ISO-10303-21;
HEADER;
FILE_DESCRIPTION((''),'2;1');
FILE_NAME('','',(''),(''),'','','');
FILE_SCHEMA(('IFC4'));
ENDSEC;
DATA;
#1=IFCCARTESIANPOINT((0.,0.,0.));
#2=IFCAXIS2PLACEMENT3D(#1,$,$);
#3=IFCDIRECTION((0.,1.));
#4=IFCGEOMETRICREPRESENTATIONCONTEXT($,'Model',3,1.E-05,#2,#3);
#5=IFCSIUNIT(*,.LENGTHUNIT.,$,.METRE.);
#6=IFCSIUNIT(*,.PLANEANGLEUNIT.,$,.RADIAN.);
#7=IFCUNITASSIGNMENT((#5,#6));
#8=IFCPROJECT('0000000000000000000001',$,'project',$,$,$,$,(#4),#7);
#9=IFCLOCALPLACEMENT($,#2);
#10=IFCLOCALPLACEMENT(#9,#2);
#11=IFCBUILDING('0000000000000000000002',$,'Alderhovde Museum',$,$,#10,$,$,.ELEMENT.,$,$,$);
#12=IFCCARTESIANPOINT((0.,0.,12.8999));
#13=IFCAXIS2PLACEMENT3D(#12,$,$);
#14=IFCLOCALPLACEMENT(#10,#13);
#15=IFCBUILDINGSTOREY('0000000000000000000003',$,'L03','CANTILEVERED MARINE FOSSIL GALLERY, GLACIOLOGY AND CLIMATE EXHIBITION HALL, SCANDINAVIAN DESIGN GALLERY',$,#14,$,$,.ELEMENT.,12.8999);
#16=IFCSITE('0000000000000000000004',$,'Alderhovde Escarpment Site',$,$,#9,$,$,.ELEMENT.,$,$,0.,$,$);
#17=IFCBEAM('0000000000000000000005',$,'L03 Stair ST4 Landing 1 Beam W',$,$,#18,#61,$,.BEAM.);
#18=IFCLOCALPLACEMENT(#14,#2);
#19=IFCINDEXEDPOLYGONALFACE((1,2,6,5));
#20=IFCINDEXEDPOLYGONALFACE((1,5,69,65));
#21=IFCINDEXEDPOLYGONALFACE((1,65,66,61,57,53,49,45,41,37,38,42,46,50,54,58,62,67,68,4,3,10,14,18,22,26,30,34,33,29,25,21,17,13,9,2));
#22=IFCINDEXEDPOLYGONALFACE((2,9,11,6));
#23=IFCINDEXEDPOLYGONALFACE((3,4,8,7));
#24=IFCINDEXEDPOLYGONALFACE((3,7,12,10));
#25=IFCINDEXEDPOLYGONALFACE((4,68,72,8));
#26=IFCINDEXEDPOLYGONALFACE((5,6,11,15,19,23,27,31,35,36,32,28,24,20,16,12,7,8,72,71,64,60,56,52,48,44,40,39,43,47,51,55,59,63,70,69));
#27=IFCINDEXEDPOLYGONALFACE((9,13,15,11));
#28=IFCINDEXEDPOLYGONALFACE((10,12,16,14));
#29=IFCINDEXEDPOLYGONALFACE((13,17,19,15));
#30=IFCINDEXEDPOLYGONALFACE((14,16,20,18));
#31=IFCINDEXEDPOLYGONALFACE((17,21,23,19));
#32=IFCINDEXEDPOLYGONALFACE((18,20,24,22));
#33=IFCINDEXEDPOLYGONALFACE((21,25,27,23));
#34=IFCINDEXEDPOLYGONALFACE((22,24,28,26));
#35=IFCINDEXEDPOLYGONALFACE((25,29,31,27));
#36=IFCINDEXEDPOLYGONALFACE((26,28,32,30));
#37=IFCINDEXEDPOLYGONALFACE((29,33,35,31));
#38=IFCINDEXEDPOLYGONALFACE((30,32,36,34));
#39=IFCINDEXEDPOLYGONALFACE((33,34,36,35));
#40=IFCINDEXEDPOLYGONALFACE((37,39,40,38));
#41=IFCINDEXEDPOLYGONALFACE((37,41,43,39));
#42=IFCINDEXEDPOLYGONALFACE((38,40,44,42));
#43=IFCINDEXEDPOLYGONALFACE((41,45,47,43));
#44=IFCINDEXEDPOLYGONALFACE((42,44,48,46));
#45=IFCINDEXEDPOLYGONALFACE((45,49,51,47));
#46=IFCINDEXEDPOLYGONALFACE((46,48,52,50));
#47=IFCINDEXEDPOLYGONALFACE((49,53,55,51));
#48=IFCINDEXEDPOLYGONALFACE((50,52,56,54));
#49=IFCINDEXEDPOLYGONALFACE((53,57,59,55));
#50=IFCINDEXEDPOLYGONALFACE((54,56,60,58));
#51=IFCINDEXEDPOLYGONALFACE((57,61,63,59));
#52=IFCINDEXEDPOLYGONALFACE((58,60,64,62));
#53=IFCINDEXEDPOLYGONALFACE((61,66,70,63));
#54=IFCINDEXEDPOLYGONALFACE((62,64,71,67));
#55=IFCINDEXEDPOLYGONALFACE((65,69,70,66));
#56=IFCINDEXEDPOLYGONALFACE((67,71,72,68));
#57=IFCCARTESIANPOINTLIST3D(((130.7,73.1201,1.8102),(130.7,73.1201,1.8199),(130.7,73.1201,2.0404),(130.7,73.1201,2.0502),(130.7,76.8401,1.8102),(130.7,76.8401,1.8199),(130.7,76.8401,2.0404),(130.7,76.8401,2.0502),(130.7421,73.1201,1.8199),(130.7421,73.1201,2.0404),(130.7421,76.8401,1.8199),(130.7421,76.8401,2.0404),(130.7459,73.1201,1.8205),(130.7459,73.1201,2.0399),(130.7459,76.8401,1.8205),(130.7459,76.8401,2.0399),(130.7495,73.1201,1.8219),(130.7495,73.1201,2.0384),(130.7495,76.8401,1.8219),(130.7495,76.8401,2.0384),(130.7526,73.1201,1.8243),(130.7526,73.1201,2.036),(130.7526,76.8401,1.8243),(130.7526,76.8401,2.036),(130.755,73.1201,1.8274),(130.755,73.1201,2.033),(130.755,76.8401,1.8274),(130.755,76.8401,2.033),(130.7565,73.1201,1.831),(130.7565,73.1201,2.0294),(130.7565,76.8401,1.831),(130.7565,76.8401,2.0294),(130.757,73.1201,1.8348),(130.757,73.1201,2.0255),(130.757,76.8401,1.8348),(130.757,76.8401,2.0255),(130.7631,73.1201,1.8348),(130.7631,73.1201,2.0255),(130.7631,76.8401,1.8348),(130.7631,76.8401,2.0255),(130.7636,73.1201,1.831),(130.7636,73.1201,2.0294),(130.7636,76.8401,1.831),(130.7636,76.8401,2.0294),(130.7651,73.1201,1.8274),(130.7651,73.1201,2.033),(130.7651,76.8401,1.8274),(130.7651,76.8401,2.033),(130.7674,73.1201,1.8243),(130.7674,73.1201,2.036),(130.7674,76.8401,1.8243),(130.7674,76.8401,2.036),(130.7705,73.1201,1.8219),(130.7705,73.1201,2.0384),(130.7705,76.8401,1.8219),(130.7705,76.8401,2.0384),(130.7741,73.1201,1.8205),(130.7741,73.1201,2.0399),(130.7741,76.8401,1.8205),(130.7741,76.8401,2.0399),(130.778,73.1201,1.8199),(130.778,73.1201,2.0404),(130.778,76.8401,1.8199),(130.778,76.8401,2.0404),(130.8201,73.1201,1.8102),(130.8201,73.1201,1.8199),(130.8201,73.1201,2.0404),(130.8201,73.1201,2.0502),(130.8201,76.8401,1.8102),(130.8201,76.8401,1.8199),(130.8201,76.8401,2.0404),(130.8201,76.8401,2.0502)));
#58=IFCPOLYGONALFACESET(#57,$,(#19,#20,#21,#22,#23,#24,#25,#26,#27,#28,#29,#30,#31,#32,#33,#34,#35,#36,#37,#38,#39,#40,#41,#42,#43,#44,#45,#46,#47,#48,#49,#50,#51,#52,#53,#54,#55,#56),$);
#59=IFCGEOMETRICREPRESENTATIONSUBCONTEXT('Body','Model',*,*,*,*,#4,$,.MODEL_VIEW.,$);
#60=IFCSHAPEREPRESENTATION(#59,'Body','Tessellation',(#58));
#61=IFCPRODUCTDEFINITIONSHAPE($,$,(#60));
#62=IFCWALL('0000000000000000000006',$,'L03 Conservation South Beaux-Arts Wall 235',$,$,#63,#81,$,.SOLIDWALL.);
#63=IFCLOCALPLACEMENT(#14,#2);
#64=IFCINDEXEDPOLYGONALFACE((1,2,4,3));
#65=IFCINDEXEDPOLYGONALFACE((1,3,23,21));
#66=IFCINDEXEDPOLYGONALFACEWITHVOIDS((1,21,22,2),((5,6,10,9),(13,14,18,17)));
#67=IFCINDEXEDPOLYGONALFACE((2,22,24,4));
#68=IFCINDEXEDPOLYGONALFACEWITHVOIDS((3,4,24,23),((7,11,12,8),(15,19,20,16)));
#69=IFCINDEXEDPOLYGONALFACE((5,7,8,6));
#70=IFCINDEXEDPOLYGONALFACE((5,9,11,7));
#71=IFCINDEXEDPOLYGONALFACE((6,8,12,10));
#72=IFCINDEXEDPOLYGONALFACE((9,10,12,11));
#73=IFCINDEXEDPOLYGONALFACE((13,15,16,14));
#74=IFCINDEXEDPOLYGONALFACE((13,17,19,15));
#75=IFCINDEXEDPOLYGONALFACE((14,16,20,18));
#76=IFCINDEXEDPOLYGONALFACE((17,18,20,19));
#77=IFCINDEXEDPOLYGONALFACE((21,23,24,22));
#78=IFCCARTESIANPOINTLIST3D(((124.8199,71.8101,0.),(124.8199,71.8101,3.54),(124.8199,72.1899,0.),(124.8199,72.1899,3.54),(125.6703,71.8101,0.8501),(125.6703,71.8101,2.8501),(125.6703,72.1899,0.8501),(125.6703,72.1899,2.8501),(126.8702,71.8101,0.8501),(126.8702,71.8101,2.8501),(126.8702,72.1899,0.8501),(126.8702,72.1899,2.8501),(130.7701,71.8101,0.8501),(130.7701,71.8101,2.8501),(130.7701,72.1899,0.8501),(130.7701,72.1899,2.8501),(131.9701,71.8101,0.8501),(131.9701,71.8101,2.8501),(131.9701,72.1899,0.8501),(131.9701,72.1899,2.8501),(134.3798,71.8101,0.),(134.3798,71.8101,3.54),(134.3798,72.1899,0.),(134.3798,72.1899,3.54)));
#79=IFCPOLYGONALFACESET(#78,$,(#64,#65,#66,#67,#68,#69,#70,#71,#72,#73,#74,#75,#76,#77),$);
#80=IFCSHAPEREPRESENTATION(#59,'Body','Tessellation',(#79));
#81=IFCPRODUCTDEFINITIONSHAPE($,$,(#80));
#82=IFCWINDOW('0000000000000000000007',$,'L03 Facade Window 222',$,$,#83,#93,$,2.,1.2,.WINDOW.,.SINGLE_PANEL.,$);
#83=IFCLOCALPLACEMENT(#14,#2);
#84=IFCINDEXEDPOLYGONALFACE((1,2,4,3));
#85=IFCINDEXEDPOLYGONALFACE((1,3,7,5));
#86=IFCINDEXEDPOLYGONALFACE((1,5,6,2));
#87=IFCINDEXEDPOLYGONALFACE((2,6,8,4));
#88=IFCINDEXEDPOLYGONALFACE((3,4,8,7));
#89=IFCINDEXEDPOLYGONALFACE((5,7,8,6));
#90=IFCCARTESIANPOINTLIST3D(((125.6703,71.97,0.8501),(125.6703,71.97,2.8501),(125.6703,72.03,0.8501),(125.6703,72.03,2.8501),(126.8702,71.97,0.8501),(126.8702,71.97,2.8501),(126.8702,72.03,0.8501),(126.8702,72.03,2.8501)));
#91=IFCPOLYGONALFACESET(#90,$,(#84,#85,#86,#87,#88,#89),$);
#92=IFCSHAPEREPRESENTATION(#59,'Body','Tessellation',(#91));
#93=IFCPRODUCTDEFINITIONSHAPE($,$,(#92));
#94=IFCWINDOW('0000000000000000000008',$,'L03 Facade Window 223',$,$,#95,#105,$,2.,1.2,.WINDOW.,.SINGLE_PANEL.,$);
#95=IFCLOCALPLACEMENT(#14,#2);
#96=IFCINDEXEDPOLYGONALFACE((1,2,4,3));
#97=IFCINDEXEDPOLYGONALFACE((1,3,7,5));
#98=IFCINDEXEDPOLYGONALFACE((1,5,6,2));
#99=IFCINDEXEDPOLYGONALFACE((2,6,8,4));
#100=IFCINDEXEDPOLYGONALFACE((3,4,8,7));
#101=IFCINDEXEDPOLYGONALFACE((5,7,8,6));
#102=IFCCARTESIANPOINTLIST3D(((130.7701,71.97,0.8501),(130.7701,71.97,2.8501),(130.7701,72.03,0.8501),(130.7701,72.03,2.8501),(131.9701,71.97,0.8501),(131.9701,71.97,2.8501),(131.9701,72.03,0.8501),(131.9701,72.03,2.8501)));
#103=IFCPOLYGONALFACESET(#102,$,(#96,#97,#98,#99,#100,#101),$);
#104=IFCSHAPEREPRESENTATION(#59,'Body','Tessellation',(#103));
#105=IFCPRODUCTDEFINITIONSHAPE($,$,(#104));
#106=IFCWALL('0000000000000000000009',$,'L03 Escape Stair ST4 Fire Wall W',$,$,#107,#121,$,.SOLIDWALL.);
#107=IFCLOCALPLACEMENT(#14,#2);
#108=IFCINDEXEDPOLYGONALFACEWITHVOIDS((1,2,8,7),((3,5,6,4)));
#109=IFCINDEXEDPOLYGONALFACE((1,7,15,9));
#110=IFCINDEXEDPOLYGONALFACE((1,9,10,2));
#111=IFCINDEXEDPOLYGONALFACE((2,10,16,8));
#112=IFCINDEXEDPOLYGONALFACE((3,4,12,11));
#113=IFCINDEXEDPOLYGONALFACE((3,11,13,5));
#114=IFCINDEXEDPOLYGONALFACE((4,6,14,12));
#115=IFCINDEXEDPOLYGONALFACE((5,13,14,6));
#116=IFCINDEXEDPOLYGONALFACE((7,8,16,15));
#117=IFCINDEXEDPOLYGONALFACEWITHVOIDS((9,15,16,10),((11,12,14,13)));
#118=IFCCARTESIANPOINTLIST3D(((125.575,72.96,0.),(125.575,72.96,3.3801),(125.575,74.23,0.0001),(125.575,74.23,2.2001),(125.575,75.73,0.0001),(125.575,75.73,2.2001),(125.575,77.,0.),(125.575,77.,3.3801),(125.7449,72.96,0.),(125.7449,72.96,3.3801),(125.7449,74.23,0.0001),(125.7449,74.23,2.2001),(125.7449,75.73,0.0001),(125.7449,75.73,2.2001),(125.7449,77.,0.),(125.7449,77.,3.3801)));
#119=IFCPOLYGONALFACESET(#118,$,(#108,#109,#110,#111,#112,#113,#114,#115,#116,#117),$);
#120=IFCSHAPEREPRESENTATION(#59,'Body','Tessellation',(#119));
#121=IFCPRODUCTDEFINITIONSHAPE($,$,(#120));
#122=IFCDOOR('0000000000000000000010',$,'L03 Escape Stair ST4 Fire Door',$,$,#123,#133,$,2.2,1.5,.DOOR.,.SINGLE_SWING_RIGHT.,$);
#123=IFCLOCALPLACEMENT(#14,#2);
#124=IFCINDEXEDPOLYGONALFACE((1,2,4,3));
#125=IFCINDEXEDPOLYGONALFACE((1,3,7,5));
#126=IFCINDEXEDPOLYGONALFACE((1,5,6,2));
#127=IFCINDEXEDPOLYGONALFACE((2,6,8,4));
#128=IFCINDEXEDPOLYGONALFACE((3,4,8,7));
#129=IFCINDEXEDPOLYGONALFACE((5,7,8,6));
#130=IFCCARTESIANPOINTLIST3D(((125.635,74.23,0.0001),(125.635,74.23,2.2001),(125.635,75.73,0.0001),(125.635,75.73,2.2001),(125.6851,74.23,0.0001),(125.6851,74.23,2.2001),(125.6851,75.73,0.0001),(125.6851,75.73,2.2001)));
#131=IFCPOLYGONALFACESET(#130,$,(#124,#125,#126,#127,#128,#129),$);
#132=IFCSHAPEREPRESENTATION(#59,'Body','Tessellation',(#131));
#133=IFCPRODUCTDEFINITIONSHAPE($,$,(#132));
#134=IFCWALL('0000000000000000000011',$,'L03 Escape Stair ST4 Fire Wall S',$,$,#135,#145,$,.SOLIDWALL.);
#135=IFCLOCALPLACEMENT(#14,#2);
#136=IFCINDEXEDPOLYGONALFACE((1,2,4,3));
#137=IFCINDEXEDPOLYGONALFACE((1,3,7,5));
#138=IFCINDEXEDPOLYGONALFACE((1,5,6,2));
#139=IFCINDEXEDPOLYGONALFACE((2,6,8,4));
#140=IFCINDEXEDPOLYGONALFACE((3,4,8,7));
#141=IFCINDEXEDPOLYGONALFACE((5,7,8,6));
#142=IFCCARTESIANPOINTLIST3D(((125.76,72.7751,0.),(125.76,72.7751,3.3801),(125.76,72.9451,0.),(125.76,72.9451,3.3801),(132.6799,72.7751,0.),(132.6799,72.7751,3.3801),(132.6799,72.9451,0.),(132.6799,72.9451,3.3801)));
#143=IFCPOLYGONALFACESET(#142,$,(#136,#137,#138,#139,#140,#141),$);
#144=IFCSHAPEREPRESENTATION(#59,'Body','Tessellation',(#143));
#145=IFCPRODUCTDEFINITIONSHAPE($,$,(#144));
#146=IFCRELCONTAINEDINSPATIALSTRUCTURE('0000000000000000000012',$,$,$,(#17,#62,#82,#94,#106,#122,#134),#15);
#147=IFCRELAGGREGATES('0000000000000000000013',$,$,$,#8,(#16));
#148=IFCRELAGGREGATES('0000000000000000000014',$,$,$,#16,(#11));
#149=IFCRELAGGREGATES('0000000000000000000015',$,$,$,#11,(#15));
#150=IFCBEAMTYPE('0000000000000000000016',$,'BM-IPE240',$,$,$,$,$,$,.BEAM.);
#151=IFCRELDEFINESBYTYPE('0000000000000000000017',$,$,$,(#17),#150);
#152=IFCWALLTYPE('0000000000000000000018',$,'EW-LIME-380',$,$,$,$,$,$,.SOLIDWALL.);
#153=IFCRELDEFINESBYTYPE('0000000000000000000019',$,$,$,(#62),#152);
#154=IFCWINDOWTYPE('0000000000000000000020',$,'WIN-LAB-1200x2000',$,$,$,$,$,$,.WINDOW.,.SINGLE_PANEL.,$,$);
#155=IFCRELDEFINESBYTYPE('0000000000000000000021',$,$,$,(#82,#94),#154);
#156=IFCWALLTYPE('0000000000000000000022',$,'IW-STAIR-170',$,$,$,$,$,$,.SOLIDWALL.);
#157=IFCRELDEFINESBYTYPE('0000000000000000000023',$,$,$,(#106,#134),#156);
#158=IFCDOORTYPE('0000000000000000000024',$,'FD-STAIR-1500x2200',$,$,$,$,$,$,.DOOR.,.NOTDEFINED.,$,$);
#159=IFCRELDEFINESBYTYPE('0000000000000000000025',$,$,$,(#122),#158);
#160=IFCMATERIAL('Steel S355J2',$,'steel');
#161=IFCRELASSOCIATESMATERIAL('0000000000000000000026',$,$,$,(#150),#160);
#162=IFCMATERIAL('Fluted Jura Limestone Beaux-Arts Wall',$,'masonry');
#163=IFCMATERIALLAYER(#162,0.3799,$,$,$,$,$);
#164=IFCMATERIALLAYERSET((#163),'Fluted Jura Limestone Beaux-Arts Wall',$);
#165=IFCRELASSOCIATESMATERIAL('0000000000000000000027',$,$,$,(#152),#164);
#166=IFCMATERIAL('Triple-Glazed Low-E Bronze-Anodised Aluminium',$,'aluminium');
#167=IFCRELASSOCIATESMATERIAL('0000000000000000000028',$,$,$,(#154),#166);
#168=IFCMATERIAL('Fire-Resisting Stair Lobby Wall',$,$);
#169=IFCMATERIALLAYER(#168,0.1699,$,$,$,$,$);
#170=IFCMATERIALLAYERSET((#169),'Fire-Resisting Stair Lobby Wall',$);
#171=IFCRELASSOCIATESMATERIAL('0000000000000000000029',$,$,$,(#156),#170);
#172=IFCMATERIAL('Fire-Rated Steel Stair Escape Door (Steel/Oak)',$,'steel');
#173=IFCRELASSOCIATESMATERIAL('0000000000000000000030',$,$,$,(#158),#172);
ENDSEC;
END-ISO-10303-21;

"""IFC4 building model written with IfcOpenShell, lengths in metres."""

from ifc_helpers import new_model, si_unit, direction, frame, frame_2d, origin, origin_2d, place, context, subcontext, project, spatial, rectangle, i_section, extrude, material, layer, layer_set, material_profile, profile_set, type_object, element, fill, save


model = new_model("IFC4")

# Units and contexts
model_context = context("Model", 3, precision=1e-05, world=origin(), true_north=direction((0.0, 1.0)))
body_context = subcontext(model_context, "Body", "Model", "MODEL_VIEW")
ifc_project = project(units=[si_unit("LENGTHUNIT", "METRE"), si_unit("PLANEANGLEUNIT", "RADIAN")], contexts=[model_context])

# Site, building, storey
site_placement = place(None, origin())
site = spatial("IfcSite", under=ifc_project, at=site_placement, Name="Alderhovde Escarpment Site", CompositionType="ELEMENT", RefElevation=0.0)
building_placement = place(site_placement, origin())
building = spatial("IfcBuilding", under=site, at=building_placement, Name="Alderhovde Museum", CompositionType="ELEMENT")
storey_placement = place(building_placement, frame((0.0, 0.0, 12.8999)))
storey = spatial("IfcBuildingStorey", under=building, at=storey_placement, Name="L03", Description="CANTILEVERED MARINE FOSSIL GALLERY, GLACIOLOGY AND CLIMATE EXHIBITION HALL, SCANDINAVIAN DESIGN GALLERY", CompositionType="ELEMENT", Elevation=12.8999)

# Beam
ifc_material_1 = material(Name="Steel S355J2", Category="steel")
ifc_material_profile_1 = material_profile(ifc_material_1, i_section(OverallWidth=0.1201, OverallDepth=0.24, WebThickness=0.0061, FlangeThickness=0.0098, FilletRadius=0.0149, at=origin_2d()), Name="IPE 240")
ifc_profile_set_1 = profile_set([ifc_material_profile_1], Name="Steel S355J2")
beam_type = type_object("IfcBeamType", Name="BM-IPE240", PredefinedType="BEAM", material=ifc_profile_set_1)
beam_1_placement = place(storey_placement, frame((130.76, 73.1201, 1.9302), z_axis=(0.0, 1.0, 0.0), x_axis=(-1.0, 0.0, 0.0)))
element("IfcBeam", 1, at=beam_1_placement, inside=storey, type_object=beam_type, Name="L03 Stair ST4 Landing 1 Beam W", PredefinedType="BEAM", context=body_context, shape_type="SweptSolid", body=[
    extrude(i_section(OverallWidth=0.1201, OverallDepth=0.24, WebThickness=0.0061, FlangeThickness=0.0098, FilletRadius=0.0149, at=origin_2d()), origin(), (0.0, 0.0, 1.0), 3.72),
])

# Wall, openings, windows
ifc_material_2 = material(Name="Fluted Jura Limestone Beaux-Arts Wall", Category="masonry")
ifc_layer_1 = layer(ifc_material_2, 0.3799)
ifc_layer_set_1 = layer_set([ifc_layer_1], Name="Fluted Jura Limestone Beaux-Arts Wall")
wall_type_1 = type_object("IfcWallType", Name="EW-LIME-380", PredefinedType="SOLIDWALL", material=ifc_layer_set_1)
wall_1_placement = place(storey_placement, frame((124.8201, 72.0, 0.0), z_axis=(0.0, 0.0, 1.0), x_axis=(1.0, 0.0, 0.0)))
wall_1 = element("IfcWall", 2, at=wall_1_placement, inside=storey, type_object=wall_type_1, Name="L03 Conservation South Beaux-Arts Wall 235", PredefinedType="SOLIDWALL", context=body_context, shape_type="SweptSolid", body=[
    extrude(rectangle(XDim=9.5598, YDim=0.3799, at=frame_2d((4.7798, 0.0))), origin(), (0.0, 0.0, 1.0), 3.54),
])
opening_1_placement = place(wall_1_placement, frame((0.8501, 0.0, 0.8501)))
opening_1 = element("IfcOpeningElement", 3, at=opening_1_placement, cuts=wall_1, PredefinedType="OPENING", context=body_context, shape_type="SweptSolid", body=[
    extrude(rectangle(XDim=1.2, YDim=2.0, at=frame_2d((0.6001, 1.0))), frame((0.0, 0.2, 0.0), z_axis=(0.0, -1.0, 0.0), x_axis=(1.0, 0.0, 0.0)), (0.0, 0.0, 1.0), 0.3999),
])
opening_2_placement = place(wall_1_placement, frame((5.95, 0.0, 0.8501)))
opening_2 = element("IfcOpeningElement", 4, at=opening_2_placement, cuts=wall_1, PredefinedType="OPENING", context=body_context, shape_type="SweptSolid", body=[
    extrude(rectangle(XDim=1.2, YDim=2.0, at=frame_2d((0.6001, 1.0))), frame((0.0, 0.2, 0.0), z_axis=(0.0, -1.0, 0.0), x_axis=(1.0, 0.0, 0.0)), (0.0, 0.0, 1.0), 0.3999),
])
ifc_material_3 = material(Name="Triple-Glazed Low-E Bronze-Anodised Aluminium", Category="aluminium")
window_type = type_object("IfcWindowType", Name="WIN-LAB-1200x2000", PartitioningType="SINGLE_PANEL", PredefinedType="WINDOW", material=ifc_material_3)
window_1_placement = place(opening_1_placement, origin())
window_1 = element("IfcWindow", 5, at=window_1_placement, inside=storey, type_object=window_type, Name="L03 Facade Window 222", OverallHeight=2.0, OverallWidth=1.2, PartitioningType="SINGLE_PANEL", PredefinedType="WINDOW", context=body_context, shape_type="SweptSolid", body=[
    extrude(rectangle(XDim=1.2, YDim=2.0, at=frame_2d((0.6001, 1.0))), frame((0.0, 0.03, 0.0), z_axis=(0.0, -1.0, 0.0), x_axis=(1.0, 0.0, 0.0)), (0.0, 0.0, 1.0), 0.0601),
])
fill(opening_1, window_1)
window_2_placement = place(opening_2_placement, origin())
window_2 = element("IfcWindow", 6, at=window_2_placement, inside=storey, type_object=window_type, Name="L03 Facade Window 223", OverallHeight=2.0, OverallWidth=1.2, PartitioningType="SINGLE_PANEL", PredefinedType="WINDOW", context=body_context, shape_type="SweptSolid", body=[
    extrude(rectangle(XDim=1.2, YDim=2.0, at=frame_2d((0.6001, 1.0))), frame((0.0, 0.03, 0.0), z_axis=(0.0, -1.0, 0.0), x_axis=(1.0, 0.0, 0.0)), (0.0, 0.0, 1.0), 0.0601),
])
fill(opening_2, window_2)

# Wall, opening, door
ifc_material_4 = material(Name="Fire-Resisting Stair Lobby Wall")
ifc_layer_2 = layer(ifc_material_4, 0.1699)
ifc_layer_set_2 = layer_set([ifc_layer_2], Name="Fire-Resisting Stair Lobby Wall")
wall_type_2 = type_object("IfcWallType", Name="IW-STAIR-170", PredefinedType="SOLIDWALL", material=ifc_layer_set_2)
wall_2_placement = place(storey_placement, frame((125.6599, 72.96, 0.0), z_axis=(0.0, 0.0, 1.0), x_axis=(0.0, 1.0, 0.0)))
wall_2 = element("IfcWall", 7, at=wall_2_placement, inside=storey, type_object=wall_type_2, Name="L03 Escape Stair ST4 Fire Wall W", PredefinedType="SOLIDWALL", context=body_context, shape_type="SweptSolid", body=[
    extrude(rectangle(XDim=4.04, YDim=0.1699, at=frame_2d((2.02, 0.0))), origin(), (0.0, 0.0, 1.0), 3.3801),
])
opening_3_placement = place(wall_2_placement, frame((1.27, 0.0, 0.0)))
opening_3 = element("IfcOpeningElement", 8, at=opening_3_placement, cuts=wall_2, PredefinedType="OPENING", context=body_context, shape_type="SweptSolid", body=[
    extrude(rectangle(XDim=1.5, YDim=2.2, at=frame_2d((0.75, 1.1001))), frame((0.0, 0.095, 0.0), z_axis=(0.0, -1.0, 0.0), x_axis=(1.0, 0.0, 0.0)), (0.0, 0.0, 1.0), 0.1899),
])
ifc_material_5 = material(Name="Fire-Rated Steel Stair Escape Door (Steel/Oak)", Category="steel")
door_type = type_object("IfcDoorType", Name="FD-STAIR-1500x2200", OperationType="NOTDEFINED", PredefinedType="DOOR", material=ifc_material_5)
door_placement = place(opening_3_placement, origin())
door = element("IfcDoor", 9, at=door_placement, inside=storey, type_object=door_type, Name="L03 Escape Stair ST4 Fire Door", OperationType="SINGLE_SWING_RIGHT", OverallHeight=2.2, OverallWidth=1.5, PredefinedType="DOOR", context=body_context, shape_type="SweptSolid", body=[
    extrude(rectangle(XDim=1.5, YDim=2.2, at=frame_2d((0.75, 1.1001))), frame((0.0, 0.0249, 0.0), z_axis=(0.0, -1.0, 0.0), x_axis=(1.0, 0.0, 0.0)), (0.0, 0.0, 1.0), 0.05),
])
fill(opening_3, door)

# Wall
wall_3_placement = place(storey_placement, frame((125.76, 72.8601, 0.0), z_axis=(0.0, 0.0, 1.0), x_axis=(1.0, 0.0, 0.0)))
element("IfcWall", 10, at=wall_3_placement, inside=storey, type_object=wall_type_2, Name="L03 Escape Stair ST4 Fire Wall S", PredefinedType="SOLIDWALL", context=body_context, shape_type="SweptSolid", body=[
    extrude(rectangle(XDim=6.9199, YDim=0.1699, at=frame_2d((3.46, 0.0))), origin(), (0.0, 0.0, 1.0), 3.3801),
])

save(model, "model.ifc")
